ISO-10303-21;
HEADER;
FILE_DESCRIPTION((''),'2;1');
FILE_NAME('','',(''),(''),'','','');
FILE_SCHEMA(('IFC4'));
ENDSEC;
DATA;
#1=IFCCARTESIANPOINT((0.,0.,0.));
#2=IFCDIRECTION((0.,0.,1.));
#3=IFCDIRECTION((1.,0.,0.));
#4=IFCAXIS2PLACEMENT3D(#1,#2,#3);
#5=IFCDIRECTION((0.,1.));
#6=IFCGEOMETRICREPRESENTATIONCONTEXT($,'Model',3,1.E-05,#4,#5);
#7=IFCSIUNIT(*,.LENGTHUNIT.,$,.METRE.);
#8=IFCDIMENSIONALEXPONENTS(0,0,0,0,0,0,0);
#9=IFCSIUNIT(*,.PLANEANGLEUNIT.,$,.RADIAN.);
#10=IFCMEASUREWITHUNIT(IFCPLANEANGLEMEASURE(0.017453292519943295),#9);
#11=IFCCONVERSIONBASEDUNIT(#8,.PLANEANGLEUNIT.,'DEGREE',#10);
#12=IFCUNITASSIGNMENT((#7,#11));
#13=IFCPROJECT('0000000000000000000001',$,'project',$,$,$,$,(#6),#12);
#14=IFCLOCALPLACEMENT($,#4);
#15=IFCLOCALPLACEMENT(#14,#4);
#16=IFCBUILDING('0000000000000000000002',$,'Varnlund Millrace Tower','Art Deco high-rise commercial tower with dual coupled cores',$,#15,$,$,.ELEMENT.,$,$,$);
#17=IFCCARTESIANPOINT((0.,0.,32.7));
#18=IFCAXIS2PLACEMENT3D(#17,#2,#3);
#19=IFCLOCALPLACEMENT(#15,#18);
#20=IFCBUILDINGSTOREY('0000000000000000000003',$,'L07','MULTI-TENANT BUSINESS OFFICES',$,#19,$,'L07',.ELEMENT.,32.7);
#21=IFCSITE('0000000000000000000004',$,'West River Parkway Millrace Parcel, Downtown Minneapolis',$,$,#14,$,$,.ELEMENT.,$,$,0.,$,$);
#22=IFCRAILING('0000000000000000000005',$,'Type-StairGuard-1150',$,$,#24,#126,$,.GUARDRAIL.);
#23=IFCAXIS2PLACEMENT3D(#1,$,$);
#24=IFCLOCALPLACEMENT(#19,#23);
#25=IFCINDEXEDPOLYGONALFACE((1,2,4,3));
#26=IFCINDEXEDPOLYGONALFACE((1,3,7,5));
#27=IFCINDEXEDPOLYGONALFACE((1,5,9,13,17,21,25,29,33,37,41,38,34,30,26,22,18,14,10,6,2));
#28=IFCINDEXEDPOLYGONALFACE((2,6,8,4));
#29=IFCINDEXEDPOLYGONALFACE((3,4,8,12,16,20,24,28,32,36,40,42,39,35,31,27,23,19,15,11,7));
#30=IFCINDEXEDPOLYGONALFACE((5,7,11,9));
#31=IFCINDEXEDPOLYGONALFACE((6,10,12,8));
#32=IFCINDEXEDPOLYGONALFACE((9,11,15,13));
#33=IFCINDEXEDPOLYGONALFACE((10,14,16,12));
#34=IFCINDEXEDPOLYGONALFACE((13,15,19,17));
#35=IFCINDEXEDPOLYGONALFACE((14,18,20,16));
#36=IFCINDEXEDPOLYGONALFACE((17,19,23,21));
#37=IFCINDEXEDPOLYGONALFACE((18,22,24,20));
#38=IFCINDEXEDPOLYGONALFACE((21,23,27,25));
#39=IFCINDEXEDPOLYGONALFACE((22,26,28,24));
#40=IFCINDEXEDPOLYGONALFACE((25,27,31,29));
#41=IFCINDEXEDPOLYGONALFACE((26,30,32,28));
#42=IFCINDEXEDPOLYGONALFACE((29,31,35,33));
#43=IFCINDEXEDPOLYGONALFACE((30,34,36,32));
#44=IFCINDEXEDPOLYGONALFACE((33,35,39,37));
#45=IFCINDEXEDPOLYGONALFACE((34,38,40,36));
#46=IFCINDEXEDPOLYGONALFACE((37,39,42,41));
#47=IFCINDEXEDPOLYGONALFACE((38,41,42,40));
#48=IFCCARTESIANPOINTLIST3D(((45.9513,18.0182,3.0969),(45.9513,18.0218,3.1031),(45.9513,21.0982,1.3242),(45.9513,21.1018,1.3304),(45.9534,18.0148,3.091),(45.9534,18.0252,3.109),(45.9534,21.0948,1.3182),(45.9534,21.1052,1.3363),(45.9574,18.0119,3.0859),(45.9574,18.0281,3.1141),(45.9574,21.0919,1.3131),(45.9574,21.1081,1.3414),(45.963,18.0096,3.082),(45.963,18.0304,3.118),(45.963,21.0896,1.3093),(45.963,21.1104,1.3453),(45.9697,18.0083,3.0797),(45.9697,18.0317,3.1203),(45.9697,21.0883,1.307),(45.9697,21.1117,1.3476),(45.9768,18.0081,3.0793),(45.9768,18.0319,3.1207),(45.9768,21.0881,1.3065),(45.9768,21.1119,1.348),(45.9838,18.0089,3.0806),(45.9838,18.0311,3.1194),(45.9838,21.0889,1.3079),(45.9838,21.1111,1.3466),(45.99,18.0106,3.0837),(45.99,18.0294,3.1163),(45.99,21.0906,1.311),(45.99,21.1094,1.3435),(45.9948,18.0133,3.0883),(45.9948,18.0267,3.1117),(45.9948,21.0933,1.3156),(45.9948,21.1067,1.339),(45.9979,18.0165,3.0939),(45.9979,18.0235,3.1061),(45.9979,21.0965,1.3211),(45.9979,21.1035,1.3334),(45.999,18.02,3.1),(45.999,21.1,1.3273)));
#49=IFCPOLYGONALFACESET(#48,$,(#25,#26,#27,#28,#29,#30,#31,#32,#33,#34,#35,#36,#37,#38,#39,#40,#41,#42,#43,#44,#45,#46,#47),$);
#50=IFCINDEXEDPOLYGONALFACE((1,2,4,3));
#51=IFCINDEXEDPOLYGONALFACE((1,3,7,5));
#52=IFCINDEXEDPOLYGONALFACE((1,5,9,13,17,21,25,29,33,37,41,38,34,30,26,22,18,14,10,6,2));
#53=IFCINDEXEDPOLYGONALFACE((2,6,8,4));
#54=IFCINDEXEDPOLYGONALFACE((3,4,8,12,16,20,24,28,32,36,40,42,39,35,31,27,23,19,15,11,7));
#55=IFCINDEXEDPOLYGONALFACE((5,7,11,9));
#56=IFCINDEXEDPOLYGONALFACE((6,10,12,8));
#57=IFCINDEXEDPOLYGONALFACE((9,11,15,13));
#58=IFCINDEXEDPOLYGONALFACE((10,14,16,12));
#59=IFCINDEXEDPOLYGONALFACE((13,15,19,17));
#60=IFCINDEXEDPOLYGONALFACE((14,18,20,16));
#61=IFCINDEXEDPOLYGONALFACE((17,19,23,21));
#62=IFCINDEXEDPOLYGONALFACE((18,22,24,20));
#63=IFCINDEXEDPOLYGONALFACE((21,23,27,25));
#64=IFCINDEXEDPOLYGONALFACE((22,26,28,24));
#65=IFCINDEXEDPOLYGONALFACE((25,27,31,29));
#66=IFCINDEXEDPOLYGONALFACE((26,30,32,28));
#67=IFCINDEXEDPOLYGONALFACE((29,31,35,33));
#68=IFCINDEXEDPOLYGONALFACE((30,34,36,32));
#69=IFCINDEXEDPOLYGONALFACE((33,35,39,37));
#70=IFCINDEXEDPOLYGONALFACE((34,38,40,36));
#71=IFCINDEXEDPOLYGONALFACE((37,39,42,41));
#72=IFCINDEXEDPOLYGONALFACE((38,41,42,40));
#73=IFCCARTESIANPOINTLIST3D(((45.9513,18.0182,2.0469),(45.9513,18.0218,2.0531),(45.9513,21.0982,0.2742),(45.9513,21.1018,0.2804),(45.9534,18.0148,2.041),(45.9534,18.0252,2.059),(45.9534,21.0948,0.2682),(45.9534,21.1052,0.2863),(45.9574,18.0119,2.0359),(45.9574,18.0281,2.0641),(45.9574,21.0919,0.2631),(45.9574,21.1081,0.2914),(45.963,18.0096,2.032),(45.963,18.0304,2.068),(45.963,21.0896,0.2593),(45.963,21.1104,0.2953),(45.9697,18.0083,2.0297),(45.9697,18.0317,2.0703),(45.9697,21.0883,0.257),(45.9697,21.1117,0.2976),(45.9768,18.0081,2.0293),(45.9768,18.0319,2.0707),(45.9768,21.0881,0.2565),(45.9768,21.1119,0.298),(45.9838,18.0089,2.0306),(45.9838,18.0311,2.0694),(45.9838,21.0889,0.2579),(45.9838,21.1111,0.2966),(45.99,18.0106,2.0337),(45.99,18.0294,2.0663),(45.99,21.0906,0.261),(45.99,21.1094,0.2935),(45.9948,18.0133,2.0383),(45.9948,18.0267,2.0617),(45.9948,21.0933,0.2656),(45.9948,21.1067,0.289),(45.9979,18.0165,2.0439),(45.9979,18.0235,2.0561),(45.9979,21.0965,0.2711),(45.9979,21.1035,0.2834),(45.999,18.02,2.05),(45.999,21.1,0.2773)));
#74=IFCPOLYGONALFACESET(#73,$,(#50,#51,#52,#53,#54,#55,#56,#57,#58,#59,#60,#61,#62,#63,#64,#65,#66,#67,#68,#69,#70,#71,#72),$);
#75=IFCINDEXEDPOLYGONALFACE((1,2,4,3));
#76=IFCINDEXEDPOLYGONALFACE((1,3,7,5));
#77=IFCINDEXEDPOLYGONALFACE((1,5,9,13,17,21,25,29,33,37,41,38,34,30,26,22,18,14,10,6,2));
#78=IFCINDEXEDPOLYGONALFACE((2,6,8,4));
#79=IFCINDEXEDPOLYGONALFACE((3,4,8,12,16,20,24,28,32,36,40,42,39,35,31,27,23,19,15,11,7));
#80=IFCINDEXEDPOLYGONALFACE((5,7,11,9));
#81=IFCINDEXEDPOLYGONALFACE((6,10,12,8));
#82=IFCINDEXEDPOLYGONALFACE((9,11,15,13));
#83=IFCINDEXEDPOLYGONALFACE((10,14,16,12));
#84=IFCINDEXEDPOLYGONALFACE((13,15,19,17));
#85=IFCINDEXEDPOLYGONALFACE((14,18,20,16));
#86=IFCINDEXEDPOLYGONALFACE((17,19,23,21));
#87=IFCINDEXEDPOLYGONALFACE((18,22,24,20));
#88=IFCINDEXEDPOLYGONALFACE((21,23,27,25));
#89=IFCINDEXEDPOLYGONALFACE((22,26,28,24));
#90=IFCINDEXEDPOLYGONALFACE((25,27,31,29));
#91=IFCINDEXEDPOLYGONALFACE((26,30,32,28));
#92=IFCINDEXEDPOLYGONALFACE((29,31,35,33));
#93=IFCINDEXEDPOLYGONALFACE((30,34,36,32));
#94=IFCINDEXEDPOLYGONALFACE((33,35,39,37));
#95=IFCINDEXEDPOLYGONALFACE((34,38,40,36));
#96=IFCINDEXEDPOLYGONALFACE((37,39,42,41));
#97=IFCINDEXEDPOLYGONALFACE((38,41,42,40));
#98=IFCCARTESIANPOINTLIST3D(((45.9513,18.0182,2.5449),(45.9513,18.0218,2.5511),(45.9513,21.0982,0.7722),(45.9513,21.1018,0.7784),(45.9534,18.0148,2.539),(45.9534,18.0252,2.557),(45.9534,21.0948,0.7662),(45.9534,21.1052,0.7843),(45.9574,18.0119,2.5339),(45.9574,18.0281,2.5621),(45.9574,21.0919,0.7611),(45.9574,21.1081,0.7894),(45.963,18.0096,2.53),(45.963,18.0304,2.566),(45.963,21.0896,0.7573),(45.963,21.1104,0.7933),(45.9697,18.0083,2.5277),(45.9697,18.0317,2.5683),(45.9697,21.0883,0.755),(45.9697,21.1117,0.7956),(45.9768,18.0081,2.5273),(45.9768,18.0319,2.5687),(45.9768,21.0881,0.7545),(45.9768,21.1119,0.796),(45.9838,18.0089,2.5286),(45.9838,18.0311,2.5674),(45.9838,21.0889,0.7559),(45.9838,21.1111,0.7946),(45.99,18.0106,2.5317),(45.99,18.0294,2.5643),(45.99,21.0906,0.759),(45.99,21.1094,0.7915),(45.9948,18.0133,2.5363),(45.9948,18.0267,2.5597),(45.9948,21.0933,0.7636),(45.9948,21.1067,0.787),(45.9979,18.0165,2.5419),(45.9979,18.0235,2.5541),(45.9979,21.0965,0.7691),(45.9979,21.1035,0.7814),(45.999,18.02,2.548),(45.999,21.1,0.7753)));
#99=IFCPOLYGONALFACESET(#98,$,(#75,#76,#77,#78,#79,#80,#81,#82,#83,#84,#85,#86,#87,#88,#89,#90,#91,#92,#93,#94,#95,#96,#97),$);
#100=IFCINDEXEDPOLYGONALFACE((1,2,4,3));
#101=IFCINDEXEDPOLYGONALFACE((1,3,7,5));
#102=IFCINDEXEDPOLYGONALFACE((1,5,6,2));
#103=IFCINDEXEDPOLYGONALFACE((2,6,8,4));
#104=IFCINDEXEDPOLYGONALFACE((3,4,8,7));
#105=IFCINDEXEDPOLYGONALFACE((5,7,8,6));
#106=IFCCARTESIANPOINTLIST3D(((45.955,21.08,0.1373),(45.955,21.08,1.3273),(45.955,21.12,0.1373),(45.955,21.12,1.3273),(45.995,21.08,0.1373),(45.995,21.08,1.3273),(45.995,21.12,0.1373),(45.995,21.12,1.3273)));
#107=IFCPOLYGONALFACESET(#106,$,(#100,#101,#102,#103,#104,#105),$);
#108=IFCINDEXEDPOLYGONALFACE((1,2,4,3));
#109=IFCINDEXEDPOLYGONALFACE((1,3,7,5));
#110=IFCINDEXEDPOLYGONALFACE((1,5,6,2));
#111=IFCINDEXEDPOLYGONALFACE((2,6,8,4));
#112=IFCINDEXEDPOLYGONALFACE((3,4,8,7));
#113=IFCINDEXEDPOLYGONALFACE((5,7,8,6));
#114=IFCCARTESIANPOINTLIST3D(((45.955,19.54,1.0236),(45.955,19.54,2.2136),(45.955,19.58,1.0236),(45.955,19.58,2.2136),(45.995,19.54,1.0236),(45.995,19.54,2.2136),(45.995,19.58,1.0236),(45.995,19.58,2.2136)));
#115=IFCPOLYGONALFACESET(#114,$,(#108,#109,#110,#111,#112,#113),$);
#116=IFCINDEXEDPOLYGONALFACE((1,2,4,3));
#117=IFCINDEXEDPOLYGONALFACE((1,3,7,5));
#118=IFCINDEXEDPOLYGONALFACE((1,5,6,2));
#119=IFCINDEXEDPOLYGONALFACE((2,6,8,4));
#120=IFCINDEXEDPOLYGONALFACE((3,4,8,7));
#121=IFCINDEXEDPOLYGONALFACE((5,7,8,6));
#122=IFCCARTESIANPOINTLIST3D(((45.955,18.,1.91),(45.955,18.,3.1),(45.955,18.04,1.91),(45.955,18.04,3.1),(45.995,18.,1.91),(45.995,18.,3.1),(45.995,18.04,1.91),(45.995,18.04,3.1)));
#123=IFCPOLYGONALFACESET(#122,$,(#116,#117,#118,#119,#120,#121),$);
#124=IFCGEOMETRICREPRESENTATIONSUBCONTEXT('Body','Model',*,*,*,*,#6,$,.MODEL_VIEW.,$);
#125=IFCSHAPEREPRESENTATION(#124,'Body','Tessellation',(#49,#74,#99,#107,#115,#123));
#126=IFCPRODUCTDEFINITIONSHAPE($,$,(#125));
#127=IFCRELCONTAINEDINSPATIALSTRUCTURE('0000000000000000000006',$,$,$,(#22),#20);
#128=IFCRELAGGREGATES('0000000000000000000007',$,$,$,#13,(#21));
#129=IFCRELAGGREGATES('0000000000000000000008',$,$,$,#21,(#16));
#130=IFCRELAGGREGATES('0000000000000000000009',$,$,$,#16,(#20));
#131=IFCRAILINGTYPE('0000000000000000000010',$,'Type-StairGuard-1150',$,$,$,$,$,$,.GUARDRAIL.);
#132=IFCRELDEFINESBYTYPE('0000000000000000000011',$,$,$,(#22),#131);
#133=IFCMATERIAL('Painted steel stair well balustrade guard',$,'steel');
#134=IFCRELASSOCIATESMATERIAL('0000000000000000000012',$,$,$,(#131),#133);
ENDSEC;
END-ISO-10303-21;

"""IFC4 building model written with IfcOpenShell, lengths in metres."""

from ifc_helpers import new_model, entity, si_unit, converted_unit, direction, frame, origin_with_axes, origin_2d_with_axis, place, context, subcontext, project, spatial, rectangle, circle, extrude, material, type_object, element, save


model = new_model("IFC4")

# Units and contexts
model_context = context("Model", 3, precision=1e-05, world=origin_with_axes(), true_north=direction((0.0, 1.0)))
body_context = subcontext(model_context, "Body", "Model", "MODEL_VIEW")
ifc_project = project(units=[si_unit("LENGTHUNIT", "METRE"), converted_unit("PLANEANGLEUNIT", "DEGREE", entity("IfcPlaneAngleMeasure", 0.017453292519943295), si_unit("PLANEANGLEUNIT", "RADIAN"), dimensions=[0, 0, 0, 0, 0, 0, 0])], contexts=[model_context])

# Site, building, storey
site_placement = place(None, origin_with_axes())
site = spatial("IfcSite", under=ifc_project, at=site_placement, Name="West River Parkway Millrace Parcel, Downtown Minneapolis", CompositionType="ELEMENT", RefElevation=0.0)
building_placement = place(site_placement, origin_with_axes())
building = spatial("IfcBuilding", under=site, at=building_placement, Name="Varnlund Millrace Tower", Description="Art Deco high-rise commercial tower with dual coupled cores", CompositionType="ELEMENT")
storey_placement = place(building_placement, frame((0.0, 0.0, 32.7), z_axis=(0.0, 0.0, 1.0), x_axis=(1.0, 0.0, 0.0)))
storey = spatial("IfcBuildingStorey", under=building, at=storey_placement, Name="L07", Description="MULTI-TENANT BUSINESS OFFICES", LongName="L07", CompositionType="ELEMENT", Elevation=32.7)

# Railing
ifc_material_1 = material(Name="Painted steel stair well balustrade guard", Category="steel")
railing_type_1 = type_object("IfcRailingType", Name="Type-StairGuard-1150", PredefinedType="GUARDRAIL", material=ifc_material_1)
railing_1_placement = place(storey_placement, frame((0.0, 0.0, -32.7), z_axis=(0.0, 0.0, 1.0), x_axis=(1.0, 0.0, 0.0)))
element("IfcRailing", 1, at=railing_1_placement, inside=storey, type_object=railing_type_1, Name="Type-StairGuard-1150", PredefinedType="GUARDRAIL", context=body_context, shape_type="SweptSolid", body=[
    extrude(circle(Radius=0.024, at=origin_2d_with_axis()), frame((45.975, 21.1, 34.0273), z_axis=(0.0, -0.866696, 0.498836), x_axis=(1.0, 0.0, 0.0)), (0.0, 0.0, 1.0), 3.5537),
    extrude(circle(Radius=0.024, at=origin_2d_with_axis()), frame((45.975, 21.1, 32.9773), z_axis=(0.0, -0.866696, 0.498836), x_axis=(1.0, 0.0, 0.0)), (0.0, 0.0, 1.0), 3.5537),
    extrude(circle(Radius=0.024, at=origin_2d_with_axis()), frame((45.975, 21.1, 33.4753), z_axis=(0.0, -0.866696, 0.498836), x_axis=(1.0, 0.0, 0.0)), (0.0, 0.0, 1.0), 3.5537),
    extrude(rectangle(XDim=0.04, YDim=0.04, at=origin_2d_with_axis()), frame((45.975, 21.1, 32.8373), z_axis=(0.0, 0.0, 1.0), x_axis=(1.0, 0.0, 0.0)), (0.0, 0.0, 1.0), 1.19),
    extrude(rectangle(XDim=0.04, YDim=0.04, at=origin_2d_with_axis()), frame((45.975, 19.56, 33.7236), z_axis=(0.0, 0.0, 1.0), x_axis=(1.0, 0.0, 0.0)), (0.0, 0.0, 1.0), 1.19),
    extrude(rectangle(XDim=0.04, YDim=0.04, at=origin_2d_with_axis()), frame((45.975, 18.02, 34.61), z_axis=(0.0, 0.0, 1.0), x_axis=(1.0, 0.0, 0.0)), (0.0, 0.0, 1.0), 1.19),
])

save(model, "model.ifc")
